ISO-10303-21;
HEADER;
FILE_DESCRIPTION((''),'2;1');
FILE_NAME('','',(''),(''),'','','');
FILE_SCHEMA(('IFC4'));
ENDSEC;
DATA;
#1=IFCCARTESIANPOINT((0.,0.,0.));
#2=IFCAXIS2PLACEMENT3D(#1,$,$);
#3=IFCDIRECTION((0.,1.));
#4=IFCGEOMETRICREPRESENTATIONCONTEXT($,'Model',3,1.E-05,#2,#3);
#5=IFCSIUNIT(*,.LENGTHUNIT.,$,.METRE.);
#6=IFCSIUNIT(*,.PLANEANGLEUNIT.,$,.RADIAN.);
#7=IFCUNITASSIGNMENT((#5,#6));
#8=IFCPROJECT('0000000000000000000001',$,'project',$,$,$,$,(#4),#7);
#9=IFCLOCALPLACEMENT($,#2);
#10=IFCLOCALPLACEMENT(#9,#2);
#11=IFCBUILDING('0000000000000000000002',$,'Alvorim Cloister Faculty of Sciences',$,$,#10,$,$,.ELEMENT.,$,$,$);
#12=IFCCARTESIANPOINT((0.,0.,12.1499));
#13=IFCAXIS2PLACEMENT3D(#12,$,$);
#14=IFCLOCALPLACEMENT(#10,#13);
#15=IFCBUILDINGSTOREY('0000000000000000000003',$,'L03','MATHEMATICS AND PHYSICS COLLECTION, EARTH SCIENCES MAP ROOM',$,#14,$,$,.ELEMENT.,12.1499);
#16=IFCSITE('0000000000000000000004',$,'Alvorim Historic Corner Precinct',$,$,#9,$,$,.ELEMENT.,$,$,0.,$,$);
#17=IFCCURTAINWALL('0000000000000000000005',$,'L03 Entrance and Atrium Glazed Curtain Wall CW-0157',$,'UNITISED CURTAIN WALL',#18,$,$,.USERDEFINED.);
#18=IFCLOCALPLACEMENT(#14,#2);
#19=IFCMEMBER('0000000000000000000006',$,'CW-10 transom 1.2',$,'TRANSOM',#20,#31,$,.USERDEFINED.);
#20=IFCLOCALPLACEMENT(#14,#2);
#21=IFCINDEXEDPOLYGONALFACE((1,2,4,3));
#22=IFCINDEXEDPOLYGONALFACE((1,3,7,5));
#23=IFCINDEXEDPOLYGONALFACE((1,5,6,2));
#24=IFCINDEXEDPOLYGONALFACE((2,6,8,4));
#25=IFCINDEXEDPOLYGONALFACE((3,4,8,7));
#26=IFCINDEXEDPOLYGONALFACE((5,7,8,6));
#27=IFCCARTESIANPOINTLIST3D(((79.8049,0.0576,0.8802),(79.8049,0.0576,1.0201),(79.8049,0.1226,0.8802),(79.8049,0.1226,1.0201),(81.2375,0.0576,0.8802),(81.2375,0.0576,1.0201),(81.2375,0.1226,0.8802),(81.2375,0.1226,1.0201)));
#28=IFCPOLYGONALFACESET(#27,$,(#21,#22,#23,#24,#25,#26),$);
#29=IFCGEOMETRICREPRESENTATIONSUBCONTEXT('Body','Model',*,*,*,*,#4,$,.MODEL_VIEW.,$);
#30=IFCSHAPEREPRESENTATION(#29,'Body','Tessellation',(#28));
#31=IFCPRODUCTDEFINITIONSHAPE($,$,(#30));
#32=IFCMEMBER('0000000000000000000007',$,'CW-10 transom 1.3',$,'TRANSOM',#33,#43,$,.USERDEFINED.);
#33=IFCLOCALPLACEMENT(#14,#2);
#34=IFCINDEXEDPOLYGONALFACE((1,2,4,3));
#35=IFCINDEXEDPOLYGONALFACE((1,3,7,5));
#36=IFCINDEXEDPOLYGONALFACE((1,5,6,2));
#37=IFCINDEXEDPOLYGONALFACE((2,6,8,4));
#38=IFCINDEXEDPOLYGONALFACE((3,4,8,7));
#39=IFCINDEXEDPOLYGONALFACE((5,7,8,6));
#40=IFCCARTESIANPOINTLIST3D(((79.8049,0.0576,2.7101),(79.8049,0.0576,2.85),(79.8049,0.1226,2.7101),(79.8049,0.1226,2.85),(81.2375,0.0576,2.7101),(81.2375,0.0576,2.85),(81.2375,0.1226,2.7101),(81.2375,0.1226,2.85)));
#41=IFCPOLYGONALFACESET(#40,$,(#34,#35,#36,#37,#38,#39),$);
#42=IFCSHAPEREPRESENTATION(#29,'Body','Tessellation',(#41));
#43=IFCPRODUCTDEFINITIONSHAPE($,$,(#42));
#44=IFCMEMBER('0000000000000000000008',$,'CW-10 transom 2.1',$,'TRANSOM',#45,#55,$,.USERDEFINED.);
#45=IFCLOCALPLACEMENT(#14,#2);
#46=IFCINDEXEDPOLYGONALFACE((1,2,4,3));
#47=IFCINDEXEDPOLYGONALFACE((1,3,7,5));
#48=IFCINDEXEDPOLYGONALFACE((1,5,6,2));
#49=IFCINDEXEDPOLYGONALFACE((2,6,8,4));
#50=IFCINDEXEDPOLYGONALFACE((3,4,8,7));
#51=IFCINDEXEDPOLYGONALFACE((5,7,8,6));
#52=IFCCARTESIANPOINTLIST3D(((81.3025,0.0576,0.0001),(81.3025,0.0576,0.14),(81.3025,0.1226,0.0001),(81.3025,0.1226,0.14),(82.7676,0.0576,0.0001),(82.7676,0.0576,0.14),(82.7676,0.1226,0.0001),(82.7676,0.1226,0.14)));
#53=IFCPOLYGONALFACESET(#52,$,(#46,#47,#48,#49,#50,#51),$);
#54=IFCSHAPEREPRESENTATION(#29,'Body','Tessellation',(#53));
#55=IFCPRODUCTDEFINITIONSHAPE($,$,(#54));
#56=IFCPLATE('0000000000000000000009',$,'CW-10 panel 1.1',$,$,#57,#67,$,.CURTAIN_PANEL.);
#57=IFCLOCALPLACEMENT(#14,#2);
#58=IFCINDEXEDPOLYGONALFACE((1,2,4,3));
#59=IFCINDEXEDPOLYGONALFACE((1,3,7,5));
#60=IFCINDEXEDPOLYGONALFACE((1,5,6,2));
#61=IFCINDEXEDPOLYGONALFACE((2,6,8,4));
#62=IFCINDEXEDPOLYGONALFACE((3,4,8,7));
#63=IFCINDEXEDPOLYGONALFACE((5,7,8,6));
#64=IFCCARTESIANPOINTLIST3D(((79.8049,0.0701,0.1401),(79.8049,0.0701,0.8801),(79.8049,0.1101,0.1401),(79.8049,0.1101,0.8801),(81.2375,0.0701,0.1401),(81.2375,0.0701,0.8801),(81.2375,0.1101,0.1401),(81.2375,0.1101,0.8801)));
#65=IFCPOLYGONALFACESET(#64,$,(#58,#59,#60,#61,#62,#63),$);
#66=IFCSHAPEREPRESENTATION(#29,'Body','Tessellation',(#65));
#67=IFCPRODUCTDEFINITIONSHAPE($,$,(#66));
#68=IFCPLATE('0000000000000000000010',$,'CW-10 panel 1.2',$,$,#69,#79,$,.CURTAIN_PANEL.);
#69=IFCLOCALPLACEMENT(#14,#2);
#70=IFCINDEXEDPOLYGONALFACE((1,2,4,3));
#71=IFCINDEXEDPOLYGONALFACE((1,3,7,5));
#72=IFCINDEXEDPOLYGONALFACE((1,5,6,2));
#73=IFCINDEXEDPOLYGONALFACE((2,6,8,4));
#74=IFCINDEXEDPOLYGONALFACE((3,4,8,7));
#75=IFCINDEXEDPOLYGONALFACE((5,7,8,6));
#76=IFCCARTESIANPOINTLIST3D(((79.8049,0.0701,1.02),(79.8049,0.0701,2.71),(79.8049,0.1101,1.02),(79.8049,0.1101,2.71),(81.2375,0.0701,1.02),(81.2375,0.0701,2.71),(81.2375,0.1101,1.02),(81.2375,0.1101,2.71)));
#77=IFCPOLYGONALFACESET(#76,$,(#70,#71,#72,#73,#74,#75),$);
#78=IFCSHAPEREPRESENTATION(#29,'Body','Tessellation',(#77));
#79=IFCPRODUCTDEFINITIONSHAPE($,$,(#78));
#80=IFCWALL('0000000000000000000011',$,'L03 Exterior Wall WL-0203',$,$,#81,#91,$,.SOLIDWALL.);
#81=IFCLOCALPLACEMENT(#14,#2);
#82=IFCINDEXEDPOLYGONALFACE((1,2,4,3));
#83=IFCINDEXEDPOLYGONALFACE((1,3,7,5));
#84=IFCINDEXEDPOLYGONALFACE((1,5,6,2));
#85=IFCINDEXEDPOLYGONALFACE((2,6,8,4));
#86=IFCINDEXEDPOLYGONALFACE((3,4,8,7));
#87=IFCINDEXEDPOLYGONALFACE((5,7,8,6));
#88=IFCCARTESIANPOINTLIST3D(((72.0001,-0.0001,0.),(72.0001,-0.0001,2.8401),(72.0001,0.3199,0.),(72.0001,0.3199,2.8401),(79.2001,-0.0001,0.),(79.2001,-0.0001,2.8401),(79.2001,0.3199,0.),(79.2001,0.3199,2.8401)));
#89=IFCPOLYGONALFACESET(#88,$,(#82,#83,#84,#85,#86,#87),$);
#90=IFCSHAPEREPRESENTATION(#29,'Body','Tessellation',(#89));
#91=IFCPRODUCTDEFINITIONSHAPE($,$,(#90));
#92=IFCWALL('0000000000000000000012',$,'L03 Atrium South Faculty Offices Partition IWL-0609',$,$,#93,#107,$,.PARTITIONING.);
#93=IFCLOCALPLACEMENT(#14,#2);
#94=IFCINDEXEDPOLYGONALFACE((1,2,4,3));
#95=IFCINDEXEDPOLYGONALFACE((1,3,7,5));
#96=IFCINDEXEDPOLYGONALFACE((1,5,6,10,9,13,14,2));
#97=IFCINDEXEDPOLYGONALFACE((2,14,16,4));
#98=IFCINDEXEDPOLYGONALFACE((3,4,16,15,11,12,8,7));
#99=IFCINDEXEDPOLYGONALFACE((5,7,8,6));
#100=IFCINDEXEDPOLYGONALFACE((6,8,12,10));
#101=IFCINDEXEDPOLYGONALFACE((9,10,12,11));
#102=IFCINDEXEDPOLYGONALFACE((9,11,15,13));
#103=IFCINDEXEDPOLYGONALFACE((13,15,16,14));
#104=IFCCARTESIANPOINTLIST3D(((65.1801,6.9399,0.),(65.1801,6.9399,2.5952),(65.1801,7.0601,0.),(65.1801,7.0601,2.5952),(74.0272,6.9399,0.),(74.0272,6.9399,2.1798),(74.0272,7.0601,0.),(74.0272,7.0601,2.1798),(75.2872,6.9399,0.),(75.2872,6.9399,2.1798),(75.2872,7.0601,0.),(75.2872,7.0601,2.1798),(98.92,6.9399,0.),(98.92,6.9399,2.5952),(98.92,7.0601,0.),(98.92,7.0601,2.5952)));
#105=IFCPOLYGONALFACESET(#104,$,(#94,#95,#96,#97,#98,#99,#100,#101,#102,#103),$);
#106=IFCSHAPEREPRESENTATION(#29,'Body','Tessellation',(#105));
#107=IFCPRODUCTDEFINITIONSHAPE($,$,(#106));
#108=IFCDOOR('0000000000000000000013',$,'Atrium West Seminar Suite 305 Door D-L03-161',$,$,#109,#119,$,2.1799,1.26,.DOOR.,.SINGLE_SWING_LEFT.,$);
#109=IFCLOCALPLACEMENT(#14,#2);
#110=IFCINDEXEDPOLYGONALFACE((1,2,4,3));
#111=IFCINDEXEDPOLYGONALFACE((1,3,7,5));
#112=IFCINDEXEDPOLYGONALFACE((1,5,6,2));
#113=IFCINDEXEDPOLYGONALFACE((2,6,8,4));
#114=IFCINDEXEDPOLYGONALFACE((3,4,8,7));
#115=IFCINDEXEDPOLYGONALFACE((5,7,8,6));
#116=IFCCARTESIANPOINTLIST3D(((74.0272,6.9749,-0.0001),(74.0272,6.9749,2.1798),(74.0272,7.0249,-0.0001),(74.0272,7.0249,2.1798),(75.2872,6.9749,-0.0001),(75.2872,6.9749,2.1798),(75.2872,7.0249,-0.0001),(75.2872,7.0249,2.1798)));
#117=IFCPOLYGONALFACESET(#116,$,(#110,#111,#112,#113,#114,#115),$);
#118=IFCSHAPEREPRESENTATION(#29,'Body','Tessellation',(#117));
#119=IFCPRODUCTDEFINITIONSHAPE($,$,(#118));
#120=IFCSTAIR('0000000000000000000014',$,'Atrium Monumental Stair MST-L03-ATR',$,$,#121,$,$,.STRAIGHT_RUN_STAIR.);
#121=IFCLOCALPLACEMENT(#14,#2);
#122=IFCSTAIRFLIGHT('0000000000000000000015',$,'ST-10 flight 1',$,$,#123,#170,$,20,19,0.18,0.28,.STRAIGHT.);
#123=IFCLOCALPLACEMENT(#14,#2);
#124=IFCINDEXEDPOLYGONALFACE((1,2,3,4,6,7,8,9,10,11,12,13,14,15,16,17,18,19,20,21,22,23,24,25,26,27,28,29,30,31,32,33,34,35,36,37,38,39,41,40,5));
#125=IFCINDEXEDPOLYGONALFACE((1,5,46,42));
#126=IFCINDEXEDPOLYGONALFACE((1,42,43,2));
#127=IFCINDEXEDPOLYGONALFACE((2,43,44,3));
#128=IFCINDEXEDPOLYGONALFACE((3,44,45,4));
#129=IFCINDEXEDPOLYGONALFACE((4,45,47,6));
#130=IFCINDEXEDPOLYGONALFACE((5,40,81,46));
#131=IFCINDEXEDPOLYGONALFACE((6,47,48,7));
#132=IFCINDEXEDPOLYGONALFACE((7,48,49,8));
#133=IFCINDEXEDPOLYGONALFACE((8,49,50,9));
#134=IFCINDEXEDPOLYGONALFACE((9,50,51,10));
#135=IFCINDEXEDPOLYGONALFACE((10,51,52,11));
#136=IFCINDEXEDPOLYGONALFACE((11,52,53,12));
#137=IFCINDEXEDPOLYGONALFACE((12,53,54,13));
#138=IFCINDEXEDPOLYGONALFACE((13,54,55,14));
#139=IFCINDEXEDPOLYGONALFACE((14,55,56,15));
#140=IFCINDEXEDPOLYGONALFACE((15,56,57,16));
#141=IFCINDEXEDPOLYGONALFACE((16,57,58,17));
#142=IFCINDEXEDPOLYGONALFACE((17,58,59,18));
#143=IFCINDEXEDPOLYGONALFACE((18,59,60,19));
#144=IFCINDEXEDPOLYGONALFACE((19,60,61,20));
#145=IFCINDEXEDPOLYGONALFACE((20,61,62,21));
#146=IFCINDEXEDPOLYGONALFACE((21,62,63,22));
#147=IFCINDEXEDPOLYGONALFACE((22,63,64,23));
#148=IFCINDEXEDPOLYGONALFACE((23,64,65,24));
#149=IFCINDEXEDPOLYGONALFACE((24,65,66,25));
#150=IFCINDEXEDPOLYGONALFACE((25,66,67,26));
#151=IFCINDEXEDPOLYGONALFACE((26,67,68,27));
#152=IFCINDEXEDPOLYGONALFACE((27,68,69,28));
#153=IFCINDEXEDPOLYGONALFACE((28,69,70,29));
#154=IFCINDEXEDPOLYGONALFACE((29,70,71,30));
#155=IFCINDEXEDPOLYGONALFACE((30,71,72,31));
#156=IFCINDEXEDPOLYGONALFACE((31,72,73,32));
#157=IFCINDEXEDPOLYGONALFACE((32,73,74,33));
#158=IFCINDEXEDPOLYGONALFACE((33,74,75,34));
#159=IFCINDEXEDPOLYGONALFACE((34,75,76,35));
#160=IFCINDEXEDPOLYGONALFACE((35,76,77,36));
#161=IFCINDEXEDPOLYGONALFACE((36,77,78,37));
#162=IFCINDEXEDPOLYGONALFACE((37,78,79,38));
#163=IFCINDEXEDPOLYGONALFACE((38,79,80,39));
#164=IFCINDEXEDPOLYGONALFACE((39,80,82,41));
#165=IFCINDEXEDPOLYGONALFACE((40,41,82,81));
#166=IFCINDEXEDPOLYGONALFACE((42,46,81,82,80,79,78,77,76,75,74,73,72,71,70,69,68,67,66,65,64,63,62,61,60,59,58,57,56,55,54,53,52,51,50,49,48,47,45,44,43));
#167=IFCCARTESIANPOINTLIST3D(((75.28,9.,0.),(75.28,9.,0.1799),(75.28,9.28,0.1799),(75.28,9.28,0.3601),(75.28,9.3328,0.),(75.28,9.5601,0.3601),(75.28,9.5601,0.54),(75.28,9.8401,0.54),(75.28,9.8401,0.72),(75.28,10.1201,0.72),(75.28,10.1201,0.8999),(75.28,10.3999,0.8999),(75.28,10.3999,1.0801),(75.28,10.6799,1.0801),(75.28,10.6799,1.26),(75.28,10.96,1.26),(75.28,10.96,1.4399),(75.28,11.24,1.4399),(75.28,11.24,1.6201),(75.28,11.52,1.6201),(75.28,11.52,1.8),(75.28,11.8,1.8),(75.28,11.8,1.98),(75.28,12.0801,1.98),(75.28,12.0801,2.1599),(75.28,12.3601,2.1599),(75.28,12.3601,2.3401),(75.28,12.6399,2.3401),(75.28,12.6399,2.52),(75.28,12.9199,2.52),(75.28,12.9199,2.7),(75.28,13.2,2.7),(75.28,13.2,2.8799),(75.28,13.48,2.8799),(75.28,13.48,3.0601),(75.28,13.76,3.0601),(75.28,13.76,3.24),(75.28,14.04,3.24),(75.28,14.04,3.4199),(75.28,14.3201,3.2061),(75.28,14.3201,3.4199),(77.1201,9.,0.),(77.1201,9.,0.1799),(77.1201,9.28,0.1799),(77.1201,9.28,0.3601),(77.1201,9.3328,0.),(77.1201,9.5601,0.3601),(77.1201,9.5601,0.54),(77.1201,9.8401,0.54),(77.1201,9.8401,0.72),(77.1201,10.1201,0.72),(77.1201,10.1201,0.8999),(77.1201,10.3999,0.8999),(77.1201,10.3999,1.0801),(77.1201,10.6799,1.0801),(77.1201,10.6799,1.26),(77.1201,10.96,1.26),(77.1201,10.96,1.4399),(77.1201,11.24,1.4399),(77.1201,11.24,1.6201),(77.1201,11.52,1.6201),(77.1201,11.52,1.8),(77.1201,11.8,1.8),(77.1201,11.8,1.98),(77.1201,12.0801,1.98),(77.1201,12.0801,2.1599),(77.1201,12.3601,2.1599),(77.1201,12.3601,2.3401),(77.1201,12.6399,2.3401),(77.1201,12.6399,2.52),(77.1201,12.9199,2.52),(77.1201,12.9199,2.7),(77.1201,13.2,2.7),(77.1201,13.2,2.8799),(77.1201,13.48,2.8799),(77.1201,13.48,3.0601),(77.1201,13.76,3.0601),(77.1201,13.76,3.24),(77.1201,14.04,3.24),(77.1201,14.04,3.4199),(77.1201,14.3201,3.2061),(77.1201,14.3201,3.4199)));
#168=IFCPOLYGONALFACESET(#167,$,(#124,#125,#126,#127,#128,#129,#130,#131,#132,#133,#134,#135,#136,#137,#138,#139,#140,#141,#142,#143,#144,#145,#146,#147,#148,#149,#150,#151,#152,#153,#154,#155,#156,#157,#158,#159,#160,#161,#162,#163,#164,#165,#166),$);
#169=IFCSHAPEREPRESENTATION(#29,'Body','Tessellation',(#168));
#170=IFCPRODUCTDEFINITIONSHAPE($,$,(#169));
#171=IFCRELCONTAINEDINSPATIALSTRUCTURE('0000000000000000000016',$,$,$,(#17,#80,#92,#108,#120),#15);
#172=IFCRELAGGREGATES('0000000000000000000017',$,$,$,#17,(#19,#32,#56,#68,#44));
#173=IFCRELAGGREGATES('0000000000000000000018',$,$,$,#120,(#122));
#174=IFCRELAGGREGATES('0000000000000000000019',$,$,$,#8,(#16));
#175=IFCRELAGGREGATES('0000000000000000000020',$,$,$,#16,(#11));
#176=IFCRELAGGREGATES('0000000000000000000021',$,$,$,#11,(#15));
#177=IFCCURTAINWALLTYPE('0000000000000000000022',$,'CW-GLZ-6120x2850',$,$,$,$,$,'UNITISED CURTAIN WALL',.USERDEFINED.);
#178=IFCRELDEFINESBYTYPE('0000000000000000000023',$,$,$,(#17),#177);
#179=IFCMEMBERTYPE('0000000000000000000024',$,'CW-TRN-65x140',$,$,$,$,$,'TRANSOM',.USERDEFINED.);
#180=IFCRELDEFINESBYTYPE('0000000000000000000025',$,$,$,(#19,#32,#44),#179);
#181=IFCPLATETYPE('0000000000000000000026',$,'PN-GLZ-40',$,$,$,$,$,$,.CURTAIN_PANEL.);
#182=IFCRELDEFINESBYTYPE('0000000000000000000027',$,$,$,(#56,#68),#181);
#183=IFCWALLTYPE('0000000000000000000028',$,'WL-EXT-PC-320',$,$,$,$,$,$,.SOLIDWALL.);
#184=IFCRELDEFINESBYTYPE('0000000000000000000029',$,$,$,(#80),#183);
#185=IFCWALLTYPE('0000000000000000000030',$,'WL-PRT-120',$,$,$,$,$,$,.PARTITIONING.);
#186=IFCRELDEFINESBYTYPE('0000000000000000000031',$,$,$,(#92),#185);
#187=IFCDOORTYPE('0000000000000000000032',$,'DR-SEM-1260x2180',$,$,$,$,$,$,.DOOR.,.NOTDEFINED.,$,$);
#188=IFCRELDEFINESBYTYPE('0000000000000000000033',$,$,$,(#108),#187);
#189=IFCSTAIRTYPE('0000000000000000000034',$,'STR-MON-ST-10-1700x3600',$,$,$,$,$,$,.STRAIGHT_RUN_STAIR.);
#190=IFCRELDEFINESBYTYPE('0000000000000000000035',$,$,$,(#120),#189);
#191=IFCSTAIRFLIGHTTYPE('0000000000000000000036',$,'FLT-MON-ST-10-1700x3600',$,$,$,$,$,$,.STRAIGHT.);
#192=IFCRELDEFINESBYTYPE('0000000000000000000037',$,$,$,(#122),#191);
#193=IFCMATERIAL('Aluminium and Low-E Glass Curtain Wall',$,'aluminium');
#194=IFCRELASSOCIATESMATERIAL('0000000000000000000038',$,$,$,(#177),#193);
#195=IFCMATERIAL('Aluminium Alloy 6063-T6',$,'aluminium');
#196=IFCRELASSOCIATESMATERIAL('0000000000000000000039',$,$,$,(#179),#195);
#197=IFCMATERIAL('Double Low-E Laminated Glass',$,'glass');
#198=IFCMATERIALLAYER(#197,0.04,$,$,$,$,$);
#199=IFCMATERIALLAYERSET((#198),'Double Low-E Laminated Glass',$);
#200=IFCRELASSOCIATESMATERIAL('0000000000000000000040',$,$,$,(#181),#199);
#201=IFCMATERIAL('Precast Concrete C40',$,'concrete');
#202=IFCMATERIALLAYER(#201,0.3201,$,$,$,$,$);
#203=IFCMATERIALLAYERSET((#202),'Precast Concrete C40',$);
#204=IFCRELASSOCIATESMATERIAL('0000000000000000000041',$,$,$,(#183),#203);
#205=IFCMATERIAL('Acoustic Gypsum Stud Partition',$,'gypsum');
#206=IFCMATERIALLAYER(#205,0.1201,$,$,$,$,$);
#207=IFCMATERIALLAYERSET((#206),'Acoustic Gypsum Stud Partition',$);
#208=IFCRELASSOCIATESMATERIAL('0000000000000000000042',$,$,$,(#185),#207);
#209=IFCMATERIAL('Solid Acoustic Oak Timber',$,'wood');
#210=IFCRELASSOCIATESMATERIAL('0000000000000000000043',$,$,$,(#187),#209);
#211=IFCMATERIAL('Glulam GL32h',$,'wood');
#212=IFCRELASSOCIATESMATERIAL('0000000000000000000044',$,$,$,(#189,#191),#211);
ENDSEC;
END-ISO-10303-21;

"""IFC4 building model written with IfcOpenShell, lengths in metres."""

from ifc_helpers import new_model, si_unit, direction, frame, frame_2d, origin, origin_2d, place, context, subcontext, project, spatial, polyline, rectangle, outline, extrude, material, layer, layer_set, material_profile, profile_set, type_object, element, fill, aggregate, save


model = new_model("IFC4")

# Units and contexts
model_context = context("Model", 3, precision=1e-05, world=origin(), true_north=direction((0.0, 1.0)))
body_context = subcontext(model_context, "Body", "Model", "MODEL_VIEW")
ifc_project = project(units=[si_unit("LENGTHUNIT", "METRE"), si_unit("PLANEANGLEUNIT", "RADIAN")], contexts=[model_context])

# Site, building, storey
site_placement = place(None, origin())
site = spatial("IfcSite", under=ifc_project, at=site_placement, Name="Alvorim Historic Corner Precinct", CompositionType="ELEMENT", RefElevation=0.0)
building_placement = place(site_placement, origin())
building = spatial("IfcBuilding", under=site, at=building_placement, Name="Alvorim Cloister Faculty of Sciences", CompositionType="ELEMENT")
storey_placement = place(building_placement, frame((0.0, 0.0, 12.1499)))
storey = spatial("IfcBuildingStorey", under=building, at=storey_placement, Name="L03", Description="MATHEMATICS AND PHYSICS COLLECTION, EARTH SCIENCES MAP ROOM", CompositionType="ELEMENT", Elevation=12.1499)

# Shared definitions
ifc_material_1 = material(Name="Glulam GL32h", Category="wood")

# Curtain wall, members, plates
ifc_material_2 = material(Name="Aluminium and Low-E Glass Curtain Wall", Category="aluminium")
curtain_wall_type = type_object("IfcCurtainWallType", Name="CW-GLZ-6120x2850", ElementType="UNITISED CURTAIN WALL", PredefinedType="USERDEFINED", material=ifc_material_2)
curtain_wall_placement = place(storey_placement, origin())
curtain_wall = element("IfcCurtainWall", 1, at=curtain_wall_placement, inside=storey, type_object=curtain_wall_type, Name="L03 Entrance and Atrium Glazed Curtain Wall CW-0157", ObjectType="UNITISED CURTAIN WALL", PredefinedType="USERDEFINED")
ifc_material_3 = material(Name="Aluminium Alloy 6063-T6", Category="aluminium")
ifc_material_profile_1 = material_profile(ifc_material_3, rectangle(XDim=0.0649, YDim=0.1399, at=origin_2d()), Name="ALU-TRN-65x140")
ifc_profile_set_1 = profile_set([ifc_material_profile_1], Name="Aluminium Alloy 6063-T6")
member_type_1 = type_object("IfcMemberType", Name="CW-TRN-65x140", ElementType="TRANSOM", PredefinedType="USERDEFINED", material=ifc_profile_set_1)
member_1_placement = place(storey_placement, frame((79.8049, 0.0901, 0.9502), z_axis=(1.0, 0.0, 0.0), x_axis=(0.0, 1.0, 0.0)))
member_1 = element("IfcMember", 2, at=member_1_placement, type_object=member_type_1, Name="CW-10 transom 1.2", ObjectType="TRANSOM", PredefinedType="USERDEFINED", context=body_context, shape_type="SweptSolid", body=[
    extrude(rectangle(XDim=0.0649, YDim=0.1399, at=origin_2d()), origin(), (0.0, 0.0, 1.0), 1.4326),
])
member_2_placement = place(storey_placement, frame((79.8049, 0.0901, 2.78), z_axis=(1.0, 0.0, 0.0), x_axis=(0.0, 1.0, 0.0)))
member_2 = element("IfcMember", 3, at=member_2_placement, type_object=member_type_1, Name="CW-10 transom 1.3", ObjectType="TRANSOM", PredefinedType="USERDEFINED", context=body_context, shape_type="SweptSolid", body=[
    extrude(rectangle(XDim=0.0649, YDim=0.1399, at=origin_2d()), origin(), (0.0, 0.0, 1.0), 1.4326),
])
member_3_placement = place(storey_placement, frame((81.3025, 0.0901, 0.0701), z_axis=(1.0, 0.0, 0.0), x_axis=(0.0, 1.0, 0.0)))
member_3 = element("IfcMember", 4, at=member_3_placement, type_object=member_type_1, Name="CW-10 transom 2.1", ObjectType="TRANSOM", PredefinedType="USERDEFINED", context=body_context, shape_type="SweptSolid", body=[
    extrude(rectangle(XDim=0.0649, YDim=0.1399, at=origin_2d()), origin(), (0.0, 0.0, 1.0), 1.4651),
])
ifc_material_4 = material(Name="Double Low-E Laminated Glass", Category="glass")
ifc_layer_1 = layer(ifc_material_4, 0.04)
ifc_layer_set_1 = layer_set([ifc_layer_1], Name="Double Low-E Laminated Glass")
plate_type = type_object("IfcPlateType", Name="PN-GLZ-40", PredefinedType="CURTAIN_PANEL", material=ifc_layer_set_1)
plate_1_placement = place(storey_placement, frame((80.5212, 0.0901, 0.1401), z_axis=(0.0, 0.0, 1.0), x_axis=(1.0, 0.0, 0.0)))
plate_1 = element("IfcPlate", 5, at=plate_1_placement, type_object=plate_type, Name="CW-10 panel 1.1", PredefinedType="CURTAIN_PANEL", context=body_context, shape_type="SweptSolid", body=[
    extrude(rectangle(XDim=1.4326, YDim=0.04, at=origin_2d()), origin(), (0.0, 0.0, 1.0), 0.74),
])
plate_2_placement = place(storey_placement, frame((80.5212, 0.0901, 1.02), z_axis=(0.0, 0.0, 1.0), x_axis=(1.0, 0.0, 0.0)))
plate_2 = element("IfcPlate", 6, at=plate_2_placement, type_object=plate_type, Name="CW-10 panel 1.2", PredefinedType="CURTAIN_PANEL", context=body_context, shape_type="SweptSolid", body=[
    extrude(rectangle(XDim=1.4326, YDim=0.04, at=origin_2d()), origin(), (0.0, 0.0, 1.0), 1.6899),
])
aggregate(curtain_wall, [member_1, member_2, plate_1, plate_2, member_3])

# Wall
ifc_material_5 = material(Name="Precast Concrete C40", Category="concrete")
ifc_layer_2 = layer(ifc_material_5, 0.3201)
ifc_layer_set_2 = layer_set([ifc_layer_2], Name="Precast Concrete C40")
wall_type_1 = type_object("IfcWallType", Name="WL-EXT-PC-320", PredefinedType="SOLIDWALL", material=ifc_layer_set_2)
wall_1_placement = place(storey_placement, frame((72.0, 0.1599, 0.0), z_axis=(0.0, 0.0, 1.0), x_axis=(1.0, 0.0, 0.0)))
element("IfcWall", 7, at=wall_1_placement, inside=storey, type_object=wall_type_1, Name="L03 Exterior Wall WL-0203", PredefinedType="SOLIDWALL", context=body_context, shape_type="SweptSolid", body=[
    extrude(rectangle(XDim=7.2, YDim=0.3201, at=frame_2d((3.6001, 0.0))), origin(), (0.0, 0.0, 1.0), 2.8401),
])

# Wall, opening, door
ifc_material_6 = material(Name="Acoustic Gypsum Stud Partition", Category="gypsum")
ifc_layer_3 = layer(ifc_material_6, 0.1201)
ifc_layer_set_3 = layer_set([ifc_layer_3], Name="Acoustic Gypsum Stud Partition")
wall_type_2 = type_object("IfcWallType", Name="WL-PRT-120", PredefinedType="PARTITIONING", material=ifc_layer_set_3)
wall_2_placement = place(storey_placement, frame((65.1799, 7.0, 0.0), z_axis=(0.0, 0.0, 1.0), x_axis=(1.0, 0.0, 0.0)))
wall_2 = element("IfcWall", 8, at=wall_2_placement, inside=storey, type_object=wall_type_2, Name="L03 Atrium South Faculty Offices Partition IWL-0609", PredefinedType="PARTITIONING", context=body_context, shape_type="SweptSolid", body=[
    extrude(rectangle(XDim=33.74, YDim=0.1201, at=frame_2d((16.8701, 0.0))), origin(), (0.0, 0.0, 1.0), 2.5952),
])
opening_placement = place(wall_2_placement, frame((8.8474, 0.0, 0.0)))
opening = element("IfcOpeningElement", 9, at=opening_placement, cuts=wall_2, PredefinedType="OPENING", context=body_context, shape_type="SweptSolid", body=[
    extrude(rectangle(XDim=1.26, YDim=2.1799, at=frame_2d((0.6299, 1.0898))), frame((0.0, 0.072, 0.0), z_axis=(0.0, -1.0, 0.0), x_axis=(1.0, 0.0, 0.0)), (0.0, 0.0, 1.0), 0.144),
])
ifc_material_7 = material(Name="Solid Acoustic Oak Timber", Category="wood")
door_type = type_object("IfcDoorType", Name="DR-SEM-1260x2180", OperationType="NOTDEFINED", PredefinedType="DOOR", material=ifc_material_7)
door_placement = place(opening_placement, origin())
door = element("IfcDoor", 10, at=door_placement, inside=storey, type_object=door_type, Name="Atrium West Seminar Suite 305 Door D-L03-161", OperationType="SINGLE_SWING_LEFT", OverallHeight=2.1799, OverallWidth=1.26, PredefinedType="DOOR", context=body_context, shape_type="SweptSolid", body=[
    extrude(rectangle(XDim=1.26, YDim=2.1799, at=frame_2d((0.6299, 1.0898))), frame((0.0, 0.0249, 0.0), z_axis=(0.0, -1.0, 0.0), x_axis=(1.0, 0.0, 0.0)), (0.0, 0.0, 1.0), 0.05),
])
fill(opening, door)

# Stair, stair flight
stair_type = type_object("IfcStairType", Name="STR-MON-ST-10-1700x3600", PredefinedType="STRAIGHT_RUN_STAIR", material=ifc_material_1)
stair_placement = place(storey_placement, origin())
stair = element("IfcStair", 11, at=stair_placement, inside=storey, type_object=stair_type, Name="Atrium Monumental Stair MST-L03-ATR", PredefinedType="STRAIGHT_RUN_STAIR")
stair_flight_type = type_object("IfcStairFlightType", Name="FLT-MON-ST-10-1700x3600", PredefinedType="STRAIGHT", material=ifc_material_1)
stair_flight_placement = place(storey_placement, frame((76.2, 9.0, 0.0), z_axis=(0.0, 0.0, 1.0), x_axis=(0.0, 1.0, 0.0)))
stair_flight = element("IfcStairFlight", 12, at=stair_flight_placement, type_object=stair_flight_type, Name="ST-10 flight 1", NumberOfRisers=20, NumberOfTreads=19, PredefinedType="STRAIGHT", RiserHeight=0.18, TreadLength=0.28, context=body_context, shape_type="SweptSolid", body=[
    extrude(outline(polyline([(0.3328, 0.0), (5.3201, 3.2061), (5.3201, 3.6001), (5.3201, 3.4199), (5.04, 3.4199), (5.04, 3.24), (4.76, 3.24), (4.76, 3.0601), (4.48, 3.0601), (4.48, 2.8799), (4.2, 2.8799), (4.2, 2.7), (3.9199, 2.7), (3.9199, 2.52), (3.6399, 2.52), (3.6399, 2.3401), (3.3601, 2.3401), (3.3601, 2.1599), (3.0801, 2.1599), (3.0801, 1.98), (2.8, 1.98), (2.8, 1.8), (2.52, 1.8), (2.52, 1.6201), (2.24, 1.6201), (2.24, 1.4399), (1.96, 1.4399), (1.96, 1.26), (1.6799, 1.26), (1.6799, 1.0801), (1.3999, 1.0801), (1.3999, 0.8999), (1.1201, 0.8999), (1.1201, 0.72), (0.8401, 0.72), (0.8401, 0.54), (0.5601, 0.54), (0.5601, 0.3601), (0.28, 0.3601), (0.28, 0.1799), (0.0, 0.1799), (0.0, 0.0), (0.3328, 0.0)])), frame((0.0, 0.9199, 0.0), z_axis=(0.0, -1.0, 0.0), x_axis=(1.0, 0.0, 0.0)), (0.0, 0.0, 1.0), 1.8401),
])
aggregate(stair, [stair_flight])

save(model, "model.ifc")
